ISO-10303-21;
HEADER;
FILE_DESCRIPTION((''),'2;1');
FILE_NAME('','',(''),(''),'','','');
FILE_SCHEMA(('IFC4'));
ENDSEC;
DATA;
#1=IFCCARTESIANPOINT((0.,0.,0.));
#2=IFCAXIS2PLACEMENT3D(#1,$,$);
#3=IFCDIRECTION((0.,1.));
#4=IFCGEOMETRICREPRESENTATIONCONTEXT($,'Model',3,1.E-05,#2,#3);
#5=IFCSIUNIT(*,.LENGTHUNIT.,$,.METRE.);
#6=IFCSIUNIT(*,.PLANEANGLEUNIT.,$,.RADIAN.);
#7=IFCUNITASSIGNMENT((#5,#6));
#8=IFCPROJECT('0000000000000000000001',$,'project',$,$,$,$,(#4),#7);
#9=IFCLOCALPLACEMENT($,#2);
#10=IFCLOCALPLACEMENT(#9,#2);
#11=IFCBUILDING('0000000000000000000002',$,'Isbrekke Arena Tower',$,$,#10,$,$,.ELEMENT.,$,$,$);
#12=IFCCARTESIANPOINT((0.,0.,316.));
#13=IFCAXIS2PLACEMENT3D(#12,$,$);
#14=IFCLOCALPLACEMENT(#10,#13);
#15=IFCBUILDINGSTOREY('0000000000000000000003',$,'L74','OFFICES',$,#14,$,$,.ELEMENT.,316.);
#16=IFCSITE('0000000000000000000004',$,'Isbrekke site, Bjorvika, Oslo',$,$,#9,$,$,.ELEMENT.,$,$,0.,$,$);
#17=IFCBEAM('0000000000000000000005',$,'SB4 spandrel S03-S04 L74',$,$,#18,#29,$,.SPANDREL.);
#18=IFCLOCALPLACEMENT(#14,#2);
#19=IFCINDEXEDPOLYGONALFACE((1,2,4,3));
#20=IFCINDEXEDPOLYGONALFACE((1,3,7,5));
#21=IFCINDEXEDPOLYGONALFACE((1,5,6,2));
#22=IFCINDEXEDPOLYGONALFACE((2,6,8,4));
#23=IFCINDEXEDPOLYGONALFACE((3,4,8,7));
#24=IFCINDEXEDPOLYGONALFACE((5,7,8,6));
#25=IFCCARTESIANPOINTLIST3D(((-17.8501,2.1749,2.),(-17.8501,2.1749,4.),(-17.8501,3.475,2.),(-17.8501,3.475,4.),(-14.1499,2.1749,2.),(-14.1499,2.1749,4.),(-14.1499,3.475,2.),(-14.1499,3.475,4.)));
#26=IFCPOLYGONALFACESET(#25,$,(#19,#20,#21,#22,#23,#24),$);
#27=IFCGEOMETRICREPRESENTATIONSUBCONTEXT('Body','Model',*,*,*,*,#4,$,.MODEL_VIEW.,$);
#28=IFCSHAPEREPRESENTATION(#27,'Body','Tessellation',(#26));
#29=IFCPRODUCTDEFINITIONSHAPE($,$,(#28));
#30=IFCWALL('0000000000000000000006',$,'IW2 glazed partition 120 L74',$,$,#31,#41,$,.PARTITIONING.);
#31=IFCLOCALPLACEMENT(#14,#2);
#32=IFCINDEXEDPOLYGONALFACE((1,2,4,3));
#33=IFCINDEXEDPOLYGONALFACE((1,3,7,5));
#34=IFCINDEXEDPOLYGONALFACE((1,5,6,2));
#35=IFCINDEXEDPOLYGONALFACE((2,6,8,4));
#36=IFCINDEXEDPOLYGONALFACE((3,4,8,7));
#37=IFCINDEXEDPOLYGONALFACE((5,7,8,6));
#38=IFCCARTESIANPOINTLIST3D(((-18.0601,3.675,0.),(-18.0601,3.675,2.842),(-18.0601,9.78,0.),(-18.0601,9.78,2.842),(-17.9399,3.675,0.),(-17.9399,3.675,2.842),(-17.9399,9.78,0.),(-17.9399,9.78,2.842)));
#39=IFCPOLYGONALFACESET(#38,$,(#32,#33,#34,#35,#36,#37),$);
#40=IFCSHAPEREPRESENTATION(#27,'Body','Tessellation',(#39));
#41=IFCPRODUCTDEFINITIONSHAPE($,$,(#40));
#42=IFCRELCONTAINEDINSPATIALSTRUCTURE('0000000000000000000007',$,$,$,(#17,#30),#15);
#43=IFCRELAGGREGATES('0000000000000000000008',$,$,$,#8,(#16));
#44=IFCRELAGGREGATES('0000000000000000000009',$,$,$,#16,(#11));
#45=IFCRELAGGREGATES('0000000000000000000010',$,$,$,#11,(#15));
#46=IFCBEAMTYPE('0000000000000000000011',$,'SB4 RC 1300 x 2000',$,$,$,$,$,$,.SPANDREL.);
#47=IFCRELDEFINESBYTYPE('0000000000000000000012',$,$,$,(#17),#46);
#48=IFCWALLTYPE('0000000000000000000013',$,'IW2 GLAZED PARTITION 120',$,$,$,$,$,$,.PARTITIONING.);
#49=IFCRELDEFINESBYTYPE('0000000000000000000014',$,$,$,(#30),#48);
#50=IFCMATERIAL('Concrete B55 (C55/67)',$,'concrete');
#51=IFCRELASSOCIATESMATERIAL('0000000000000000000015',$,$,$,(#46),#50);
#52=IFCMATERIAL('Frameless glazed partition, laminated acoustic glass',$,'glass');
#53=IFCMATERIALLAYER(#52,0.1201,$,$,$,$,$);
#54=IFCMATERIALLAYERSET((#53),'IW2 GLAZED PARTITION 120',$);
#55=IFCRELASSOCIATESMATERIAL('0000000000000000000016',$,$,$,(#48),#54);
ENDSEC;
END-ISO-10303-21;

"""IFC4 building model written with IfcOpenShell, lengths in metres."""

from ifc_helpers import new_model, si_unit, direction, frame, frame_2d, origin, origin_2d, place, context, subcontext, project, spatial, rectangle, extrude, material, layer, layer_set, material_profile, profile_set, type_object, element, save


model = new_model("IFC4")

# Units and contexts
model_context = context("Model", 3, precision=1e-05, world=origin(), true_north=direction((0.0, 1.0)))
body_context = subcontext(model_context, "Body", "Model", "MODEL_VIEW")
ifc_project = project(units=[si_unit("LENGTHUNIT", "METRE"), si_unit("PLANEANGLEUNIT", "RADIAN")], contexts=[model_context])

# Site, building, storey
site_placement = place(None, origin())
site = spatial("IfcSite", under=ifc_project, at=site_placement, Name="Isbrekke site, Bjorvika, Oslo", CompositionType="ELEMENT", RefElevation=0.0)
building_placement = place(site_placement, origin())
building = spatial("IfcBuilding", under=site, at=building_placement, Name="Isbrekke Arena Tower", CompositionType="ELEMENT")
storey_placement = place(building_placement, frame((0.0, 0.0, 316.0)))
storey = spatial("IfcBuildingStorey", under=building, at=storey_placement, Name="L74", Description="OFFICES", CompositionType="ELEMENT", Elevation=316.0)

# Beam
ifc_material_1 = material(Name="Concrete B55 (C55/67)", Category="concrete")
ifc_material_profile_1 = material_profile(ifc_material_1, rectangle(XDim=1.3, YDim=2.0, at=origin_2d()), Name="RC 1300x2000")
ifc_profile_set_1 = profile_set([ifc_material_profile_1], Name="Concrete B55 (C55/67)")
beam_type_1 = type_object("IfcBeamType", Name="SB4 RC 1300 x 2000", PredefinedType="SPANDREL", material=ifc_profile_set_1)
for number, where, z_axis, x_axis, name in (
    (1, (-17.8501, 2.825, 3.0), (1.0, 0.0, 0.0), (0.0, 1.0, 0.0), "SB4 spandrel S03-S04 L74"),
):
    element("IfcBeam", number, at=place(storey_placement, frame(where, z_axis=z_axis, x_axis=x_axis)), inside=storey, type_object=beam_type_1, Name=name, PredefinedType="SPANDREL", context=body_context, shape_type="SweptSolid", body=[
        extrude(rectangle(XDim=1.3, YDim=2.0, at=origin_2d()), origin(), (0.0, 0.0, 1.0), 3.7002),
    ])

# Wall
ifc_material_2 = material(Name="Frameless glazed partition, laminated acoustic glass", Category="glass")
ifc_layer = layer(ifc_material_2, 0.1201)
ifc_layer_set = layer_set([ifc_layer], Name="IW2 GLAZED PARTITION 120")
wall_type = type_object("IfcWallType", Name="IW2 GLAZED PARTITION 120", PredefinedType="PARTITIONING", material=ifc_layer_set)
wall_placement = place(storey_placement, frame((-18.0, 3.675, 0.0), z_axis=(0.0, 0.0, 1.0), x_axis=(0.0, 1.0, 0.0)))
element("IfcWall", 2, at=wall_placement, inside=storey, type_object=wall_type, Name="IW2 glazed partition 120 L74", PredefinedType="PARTITIONING", context=body_context, shape_type="SweptSolid", body=[
    extrude(rectangle(XDim=6.105, YDim=0.1201, at=frame_2d((3.0525, 0.0))), origin(), (0.0, 0.0, 1.0), 2.842),
])

save(model, "model.ifc")
